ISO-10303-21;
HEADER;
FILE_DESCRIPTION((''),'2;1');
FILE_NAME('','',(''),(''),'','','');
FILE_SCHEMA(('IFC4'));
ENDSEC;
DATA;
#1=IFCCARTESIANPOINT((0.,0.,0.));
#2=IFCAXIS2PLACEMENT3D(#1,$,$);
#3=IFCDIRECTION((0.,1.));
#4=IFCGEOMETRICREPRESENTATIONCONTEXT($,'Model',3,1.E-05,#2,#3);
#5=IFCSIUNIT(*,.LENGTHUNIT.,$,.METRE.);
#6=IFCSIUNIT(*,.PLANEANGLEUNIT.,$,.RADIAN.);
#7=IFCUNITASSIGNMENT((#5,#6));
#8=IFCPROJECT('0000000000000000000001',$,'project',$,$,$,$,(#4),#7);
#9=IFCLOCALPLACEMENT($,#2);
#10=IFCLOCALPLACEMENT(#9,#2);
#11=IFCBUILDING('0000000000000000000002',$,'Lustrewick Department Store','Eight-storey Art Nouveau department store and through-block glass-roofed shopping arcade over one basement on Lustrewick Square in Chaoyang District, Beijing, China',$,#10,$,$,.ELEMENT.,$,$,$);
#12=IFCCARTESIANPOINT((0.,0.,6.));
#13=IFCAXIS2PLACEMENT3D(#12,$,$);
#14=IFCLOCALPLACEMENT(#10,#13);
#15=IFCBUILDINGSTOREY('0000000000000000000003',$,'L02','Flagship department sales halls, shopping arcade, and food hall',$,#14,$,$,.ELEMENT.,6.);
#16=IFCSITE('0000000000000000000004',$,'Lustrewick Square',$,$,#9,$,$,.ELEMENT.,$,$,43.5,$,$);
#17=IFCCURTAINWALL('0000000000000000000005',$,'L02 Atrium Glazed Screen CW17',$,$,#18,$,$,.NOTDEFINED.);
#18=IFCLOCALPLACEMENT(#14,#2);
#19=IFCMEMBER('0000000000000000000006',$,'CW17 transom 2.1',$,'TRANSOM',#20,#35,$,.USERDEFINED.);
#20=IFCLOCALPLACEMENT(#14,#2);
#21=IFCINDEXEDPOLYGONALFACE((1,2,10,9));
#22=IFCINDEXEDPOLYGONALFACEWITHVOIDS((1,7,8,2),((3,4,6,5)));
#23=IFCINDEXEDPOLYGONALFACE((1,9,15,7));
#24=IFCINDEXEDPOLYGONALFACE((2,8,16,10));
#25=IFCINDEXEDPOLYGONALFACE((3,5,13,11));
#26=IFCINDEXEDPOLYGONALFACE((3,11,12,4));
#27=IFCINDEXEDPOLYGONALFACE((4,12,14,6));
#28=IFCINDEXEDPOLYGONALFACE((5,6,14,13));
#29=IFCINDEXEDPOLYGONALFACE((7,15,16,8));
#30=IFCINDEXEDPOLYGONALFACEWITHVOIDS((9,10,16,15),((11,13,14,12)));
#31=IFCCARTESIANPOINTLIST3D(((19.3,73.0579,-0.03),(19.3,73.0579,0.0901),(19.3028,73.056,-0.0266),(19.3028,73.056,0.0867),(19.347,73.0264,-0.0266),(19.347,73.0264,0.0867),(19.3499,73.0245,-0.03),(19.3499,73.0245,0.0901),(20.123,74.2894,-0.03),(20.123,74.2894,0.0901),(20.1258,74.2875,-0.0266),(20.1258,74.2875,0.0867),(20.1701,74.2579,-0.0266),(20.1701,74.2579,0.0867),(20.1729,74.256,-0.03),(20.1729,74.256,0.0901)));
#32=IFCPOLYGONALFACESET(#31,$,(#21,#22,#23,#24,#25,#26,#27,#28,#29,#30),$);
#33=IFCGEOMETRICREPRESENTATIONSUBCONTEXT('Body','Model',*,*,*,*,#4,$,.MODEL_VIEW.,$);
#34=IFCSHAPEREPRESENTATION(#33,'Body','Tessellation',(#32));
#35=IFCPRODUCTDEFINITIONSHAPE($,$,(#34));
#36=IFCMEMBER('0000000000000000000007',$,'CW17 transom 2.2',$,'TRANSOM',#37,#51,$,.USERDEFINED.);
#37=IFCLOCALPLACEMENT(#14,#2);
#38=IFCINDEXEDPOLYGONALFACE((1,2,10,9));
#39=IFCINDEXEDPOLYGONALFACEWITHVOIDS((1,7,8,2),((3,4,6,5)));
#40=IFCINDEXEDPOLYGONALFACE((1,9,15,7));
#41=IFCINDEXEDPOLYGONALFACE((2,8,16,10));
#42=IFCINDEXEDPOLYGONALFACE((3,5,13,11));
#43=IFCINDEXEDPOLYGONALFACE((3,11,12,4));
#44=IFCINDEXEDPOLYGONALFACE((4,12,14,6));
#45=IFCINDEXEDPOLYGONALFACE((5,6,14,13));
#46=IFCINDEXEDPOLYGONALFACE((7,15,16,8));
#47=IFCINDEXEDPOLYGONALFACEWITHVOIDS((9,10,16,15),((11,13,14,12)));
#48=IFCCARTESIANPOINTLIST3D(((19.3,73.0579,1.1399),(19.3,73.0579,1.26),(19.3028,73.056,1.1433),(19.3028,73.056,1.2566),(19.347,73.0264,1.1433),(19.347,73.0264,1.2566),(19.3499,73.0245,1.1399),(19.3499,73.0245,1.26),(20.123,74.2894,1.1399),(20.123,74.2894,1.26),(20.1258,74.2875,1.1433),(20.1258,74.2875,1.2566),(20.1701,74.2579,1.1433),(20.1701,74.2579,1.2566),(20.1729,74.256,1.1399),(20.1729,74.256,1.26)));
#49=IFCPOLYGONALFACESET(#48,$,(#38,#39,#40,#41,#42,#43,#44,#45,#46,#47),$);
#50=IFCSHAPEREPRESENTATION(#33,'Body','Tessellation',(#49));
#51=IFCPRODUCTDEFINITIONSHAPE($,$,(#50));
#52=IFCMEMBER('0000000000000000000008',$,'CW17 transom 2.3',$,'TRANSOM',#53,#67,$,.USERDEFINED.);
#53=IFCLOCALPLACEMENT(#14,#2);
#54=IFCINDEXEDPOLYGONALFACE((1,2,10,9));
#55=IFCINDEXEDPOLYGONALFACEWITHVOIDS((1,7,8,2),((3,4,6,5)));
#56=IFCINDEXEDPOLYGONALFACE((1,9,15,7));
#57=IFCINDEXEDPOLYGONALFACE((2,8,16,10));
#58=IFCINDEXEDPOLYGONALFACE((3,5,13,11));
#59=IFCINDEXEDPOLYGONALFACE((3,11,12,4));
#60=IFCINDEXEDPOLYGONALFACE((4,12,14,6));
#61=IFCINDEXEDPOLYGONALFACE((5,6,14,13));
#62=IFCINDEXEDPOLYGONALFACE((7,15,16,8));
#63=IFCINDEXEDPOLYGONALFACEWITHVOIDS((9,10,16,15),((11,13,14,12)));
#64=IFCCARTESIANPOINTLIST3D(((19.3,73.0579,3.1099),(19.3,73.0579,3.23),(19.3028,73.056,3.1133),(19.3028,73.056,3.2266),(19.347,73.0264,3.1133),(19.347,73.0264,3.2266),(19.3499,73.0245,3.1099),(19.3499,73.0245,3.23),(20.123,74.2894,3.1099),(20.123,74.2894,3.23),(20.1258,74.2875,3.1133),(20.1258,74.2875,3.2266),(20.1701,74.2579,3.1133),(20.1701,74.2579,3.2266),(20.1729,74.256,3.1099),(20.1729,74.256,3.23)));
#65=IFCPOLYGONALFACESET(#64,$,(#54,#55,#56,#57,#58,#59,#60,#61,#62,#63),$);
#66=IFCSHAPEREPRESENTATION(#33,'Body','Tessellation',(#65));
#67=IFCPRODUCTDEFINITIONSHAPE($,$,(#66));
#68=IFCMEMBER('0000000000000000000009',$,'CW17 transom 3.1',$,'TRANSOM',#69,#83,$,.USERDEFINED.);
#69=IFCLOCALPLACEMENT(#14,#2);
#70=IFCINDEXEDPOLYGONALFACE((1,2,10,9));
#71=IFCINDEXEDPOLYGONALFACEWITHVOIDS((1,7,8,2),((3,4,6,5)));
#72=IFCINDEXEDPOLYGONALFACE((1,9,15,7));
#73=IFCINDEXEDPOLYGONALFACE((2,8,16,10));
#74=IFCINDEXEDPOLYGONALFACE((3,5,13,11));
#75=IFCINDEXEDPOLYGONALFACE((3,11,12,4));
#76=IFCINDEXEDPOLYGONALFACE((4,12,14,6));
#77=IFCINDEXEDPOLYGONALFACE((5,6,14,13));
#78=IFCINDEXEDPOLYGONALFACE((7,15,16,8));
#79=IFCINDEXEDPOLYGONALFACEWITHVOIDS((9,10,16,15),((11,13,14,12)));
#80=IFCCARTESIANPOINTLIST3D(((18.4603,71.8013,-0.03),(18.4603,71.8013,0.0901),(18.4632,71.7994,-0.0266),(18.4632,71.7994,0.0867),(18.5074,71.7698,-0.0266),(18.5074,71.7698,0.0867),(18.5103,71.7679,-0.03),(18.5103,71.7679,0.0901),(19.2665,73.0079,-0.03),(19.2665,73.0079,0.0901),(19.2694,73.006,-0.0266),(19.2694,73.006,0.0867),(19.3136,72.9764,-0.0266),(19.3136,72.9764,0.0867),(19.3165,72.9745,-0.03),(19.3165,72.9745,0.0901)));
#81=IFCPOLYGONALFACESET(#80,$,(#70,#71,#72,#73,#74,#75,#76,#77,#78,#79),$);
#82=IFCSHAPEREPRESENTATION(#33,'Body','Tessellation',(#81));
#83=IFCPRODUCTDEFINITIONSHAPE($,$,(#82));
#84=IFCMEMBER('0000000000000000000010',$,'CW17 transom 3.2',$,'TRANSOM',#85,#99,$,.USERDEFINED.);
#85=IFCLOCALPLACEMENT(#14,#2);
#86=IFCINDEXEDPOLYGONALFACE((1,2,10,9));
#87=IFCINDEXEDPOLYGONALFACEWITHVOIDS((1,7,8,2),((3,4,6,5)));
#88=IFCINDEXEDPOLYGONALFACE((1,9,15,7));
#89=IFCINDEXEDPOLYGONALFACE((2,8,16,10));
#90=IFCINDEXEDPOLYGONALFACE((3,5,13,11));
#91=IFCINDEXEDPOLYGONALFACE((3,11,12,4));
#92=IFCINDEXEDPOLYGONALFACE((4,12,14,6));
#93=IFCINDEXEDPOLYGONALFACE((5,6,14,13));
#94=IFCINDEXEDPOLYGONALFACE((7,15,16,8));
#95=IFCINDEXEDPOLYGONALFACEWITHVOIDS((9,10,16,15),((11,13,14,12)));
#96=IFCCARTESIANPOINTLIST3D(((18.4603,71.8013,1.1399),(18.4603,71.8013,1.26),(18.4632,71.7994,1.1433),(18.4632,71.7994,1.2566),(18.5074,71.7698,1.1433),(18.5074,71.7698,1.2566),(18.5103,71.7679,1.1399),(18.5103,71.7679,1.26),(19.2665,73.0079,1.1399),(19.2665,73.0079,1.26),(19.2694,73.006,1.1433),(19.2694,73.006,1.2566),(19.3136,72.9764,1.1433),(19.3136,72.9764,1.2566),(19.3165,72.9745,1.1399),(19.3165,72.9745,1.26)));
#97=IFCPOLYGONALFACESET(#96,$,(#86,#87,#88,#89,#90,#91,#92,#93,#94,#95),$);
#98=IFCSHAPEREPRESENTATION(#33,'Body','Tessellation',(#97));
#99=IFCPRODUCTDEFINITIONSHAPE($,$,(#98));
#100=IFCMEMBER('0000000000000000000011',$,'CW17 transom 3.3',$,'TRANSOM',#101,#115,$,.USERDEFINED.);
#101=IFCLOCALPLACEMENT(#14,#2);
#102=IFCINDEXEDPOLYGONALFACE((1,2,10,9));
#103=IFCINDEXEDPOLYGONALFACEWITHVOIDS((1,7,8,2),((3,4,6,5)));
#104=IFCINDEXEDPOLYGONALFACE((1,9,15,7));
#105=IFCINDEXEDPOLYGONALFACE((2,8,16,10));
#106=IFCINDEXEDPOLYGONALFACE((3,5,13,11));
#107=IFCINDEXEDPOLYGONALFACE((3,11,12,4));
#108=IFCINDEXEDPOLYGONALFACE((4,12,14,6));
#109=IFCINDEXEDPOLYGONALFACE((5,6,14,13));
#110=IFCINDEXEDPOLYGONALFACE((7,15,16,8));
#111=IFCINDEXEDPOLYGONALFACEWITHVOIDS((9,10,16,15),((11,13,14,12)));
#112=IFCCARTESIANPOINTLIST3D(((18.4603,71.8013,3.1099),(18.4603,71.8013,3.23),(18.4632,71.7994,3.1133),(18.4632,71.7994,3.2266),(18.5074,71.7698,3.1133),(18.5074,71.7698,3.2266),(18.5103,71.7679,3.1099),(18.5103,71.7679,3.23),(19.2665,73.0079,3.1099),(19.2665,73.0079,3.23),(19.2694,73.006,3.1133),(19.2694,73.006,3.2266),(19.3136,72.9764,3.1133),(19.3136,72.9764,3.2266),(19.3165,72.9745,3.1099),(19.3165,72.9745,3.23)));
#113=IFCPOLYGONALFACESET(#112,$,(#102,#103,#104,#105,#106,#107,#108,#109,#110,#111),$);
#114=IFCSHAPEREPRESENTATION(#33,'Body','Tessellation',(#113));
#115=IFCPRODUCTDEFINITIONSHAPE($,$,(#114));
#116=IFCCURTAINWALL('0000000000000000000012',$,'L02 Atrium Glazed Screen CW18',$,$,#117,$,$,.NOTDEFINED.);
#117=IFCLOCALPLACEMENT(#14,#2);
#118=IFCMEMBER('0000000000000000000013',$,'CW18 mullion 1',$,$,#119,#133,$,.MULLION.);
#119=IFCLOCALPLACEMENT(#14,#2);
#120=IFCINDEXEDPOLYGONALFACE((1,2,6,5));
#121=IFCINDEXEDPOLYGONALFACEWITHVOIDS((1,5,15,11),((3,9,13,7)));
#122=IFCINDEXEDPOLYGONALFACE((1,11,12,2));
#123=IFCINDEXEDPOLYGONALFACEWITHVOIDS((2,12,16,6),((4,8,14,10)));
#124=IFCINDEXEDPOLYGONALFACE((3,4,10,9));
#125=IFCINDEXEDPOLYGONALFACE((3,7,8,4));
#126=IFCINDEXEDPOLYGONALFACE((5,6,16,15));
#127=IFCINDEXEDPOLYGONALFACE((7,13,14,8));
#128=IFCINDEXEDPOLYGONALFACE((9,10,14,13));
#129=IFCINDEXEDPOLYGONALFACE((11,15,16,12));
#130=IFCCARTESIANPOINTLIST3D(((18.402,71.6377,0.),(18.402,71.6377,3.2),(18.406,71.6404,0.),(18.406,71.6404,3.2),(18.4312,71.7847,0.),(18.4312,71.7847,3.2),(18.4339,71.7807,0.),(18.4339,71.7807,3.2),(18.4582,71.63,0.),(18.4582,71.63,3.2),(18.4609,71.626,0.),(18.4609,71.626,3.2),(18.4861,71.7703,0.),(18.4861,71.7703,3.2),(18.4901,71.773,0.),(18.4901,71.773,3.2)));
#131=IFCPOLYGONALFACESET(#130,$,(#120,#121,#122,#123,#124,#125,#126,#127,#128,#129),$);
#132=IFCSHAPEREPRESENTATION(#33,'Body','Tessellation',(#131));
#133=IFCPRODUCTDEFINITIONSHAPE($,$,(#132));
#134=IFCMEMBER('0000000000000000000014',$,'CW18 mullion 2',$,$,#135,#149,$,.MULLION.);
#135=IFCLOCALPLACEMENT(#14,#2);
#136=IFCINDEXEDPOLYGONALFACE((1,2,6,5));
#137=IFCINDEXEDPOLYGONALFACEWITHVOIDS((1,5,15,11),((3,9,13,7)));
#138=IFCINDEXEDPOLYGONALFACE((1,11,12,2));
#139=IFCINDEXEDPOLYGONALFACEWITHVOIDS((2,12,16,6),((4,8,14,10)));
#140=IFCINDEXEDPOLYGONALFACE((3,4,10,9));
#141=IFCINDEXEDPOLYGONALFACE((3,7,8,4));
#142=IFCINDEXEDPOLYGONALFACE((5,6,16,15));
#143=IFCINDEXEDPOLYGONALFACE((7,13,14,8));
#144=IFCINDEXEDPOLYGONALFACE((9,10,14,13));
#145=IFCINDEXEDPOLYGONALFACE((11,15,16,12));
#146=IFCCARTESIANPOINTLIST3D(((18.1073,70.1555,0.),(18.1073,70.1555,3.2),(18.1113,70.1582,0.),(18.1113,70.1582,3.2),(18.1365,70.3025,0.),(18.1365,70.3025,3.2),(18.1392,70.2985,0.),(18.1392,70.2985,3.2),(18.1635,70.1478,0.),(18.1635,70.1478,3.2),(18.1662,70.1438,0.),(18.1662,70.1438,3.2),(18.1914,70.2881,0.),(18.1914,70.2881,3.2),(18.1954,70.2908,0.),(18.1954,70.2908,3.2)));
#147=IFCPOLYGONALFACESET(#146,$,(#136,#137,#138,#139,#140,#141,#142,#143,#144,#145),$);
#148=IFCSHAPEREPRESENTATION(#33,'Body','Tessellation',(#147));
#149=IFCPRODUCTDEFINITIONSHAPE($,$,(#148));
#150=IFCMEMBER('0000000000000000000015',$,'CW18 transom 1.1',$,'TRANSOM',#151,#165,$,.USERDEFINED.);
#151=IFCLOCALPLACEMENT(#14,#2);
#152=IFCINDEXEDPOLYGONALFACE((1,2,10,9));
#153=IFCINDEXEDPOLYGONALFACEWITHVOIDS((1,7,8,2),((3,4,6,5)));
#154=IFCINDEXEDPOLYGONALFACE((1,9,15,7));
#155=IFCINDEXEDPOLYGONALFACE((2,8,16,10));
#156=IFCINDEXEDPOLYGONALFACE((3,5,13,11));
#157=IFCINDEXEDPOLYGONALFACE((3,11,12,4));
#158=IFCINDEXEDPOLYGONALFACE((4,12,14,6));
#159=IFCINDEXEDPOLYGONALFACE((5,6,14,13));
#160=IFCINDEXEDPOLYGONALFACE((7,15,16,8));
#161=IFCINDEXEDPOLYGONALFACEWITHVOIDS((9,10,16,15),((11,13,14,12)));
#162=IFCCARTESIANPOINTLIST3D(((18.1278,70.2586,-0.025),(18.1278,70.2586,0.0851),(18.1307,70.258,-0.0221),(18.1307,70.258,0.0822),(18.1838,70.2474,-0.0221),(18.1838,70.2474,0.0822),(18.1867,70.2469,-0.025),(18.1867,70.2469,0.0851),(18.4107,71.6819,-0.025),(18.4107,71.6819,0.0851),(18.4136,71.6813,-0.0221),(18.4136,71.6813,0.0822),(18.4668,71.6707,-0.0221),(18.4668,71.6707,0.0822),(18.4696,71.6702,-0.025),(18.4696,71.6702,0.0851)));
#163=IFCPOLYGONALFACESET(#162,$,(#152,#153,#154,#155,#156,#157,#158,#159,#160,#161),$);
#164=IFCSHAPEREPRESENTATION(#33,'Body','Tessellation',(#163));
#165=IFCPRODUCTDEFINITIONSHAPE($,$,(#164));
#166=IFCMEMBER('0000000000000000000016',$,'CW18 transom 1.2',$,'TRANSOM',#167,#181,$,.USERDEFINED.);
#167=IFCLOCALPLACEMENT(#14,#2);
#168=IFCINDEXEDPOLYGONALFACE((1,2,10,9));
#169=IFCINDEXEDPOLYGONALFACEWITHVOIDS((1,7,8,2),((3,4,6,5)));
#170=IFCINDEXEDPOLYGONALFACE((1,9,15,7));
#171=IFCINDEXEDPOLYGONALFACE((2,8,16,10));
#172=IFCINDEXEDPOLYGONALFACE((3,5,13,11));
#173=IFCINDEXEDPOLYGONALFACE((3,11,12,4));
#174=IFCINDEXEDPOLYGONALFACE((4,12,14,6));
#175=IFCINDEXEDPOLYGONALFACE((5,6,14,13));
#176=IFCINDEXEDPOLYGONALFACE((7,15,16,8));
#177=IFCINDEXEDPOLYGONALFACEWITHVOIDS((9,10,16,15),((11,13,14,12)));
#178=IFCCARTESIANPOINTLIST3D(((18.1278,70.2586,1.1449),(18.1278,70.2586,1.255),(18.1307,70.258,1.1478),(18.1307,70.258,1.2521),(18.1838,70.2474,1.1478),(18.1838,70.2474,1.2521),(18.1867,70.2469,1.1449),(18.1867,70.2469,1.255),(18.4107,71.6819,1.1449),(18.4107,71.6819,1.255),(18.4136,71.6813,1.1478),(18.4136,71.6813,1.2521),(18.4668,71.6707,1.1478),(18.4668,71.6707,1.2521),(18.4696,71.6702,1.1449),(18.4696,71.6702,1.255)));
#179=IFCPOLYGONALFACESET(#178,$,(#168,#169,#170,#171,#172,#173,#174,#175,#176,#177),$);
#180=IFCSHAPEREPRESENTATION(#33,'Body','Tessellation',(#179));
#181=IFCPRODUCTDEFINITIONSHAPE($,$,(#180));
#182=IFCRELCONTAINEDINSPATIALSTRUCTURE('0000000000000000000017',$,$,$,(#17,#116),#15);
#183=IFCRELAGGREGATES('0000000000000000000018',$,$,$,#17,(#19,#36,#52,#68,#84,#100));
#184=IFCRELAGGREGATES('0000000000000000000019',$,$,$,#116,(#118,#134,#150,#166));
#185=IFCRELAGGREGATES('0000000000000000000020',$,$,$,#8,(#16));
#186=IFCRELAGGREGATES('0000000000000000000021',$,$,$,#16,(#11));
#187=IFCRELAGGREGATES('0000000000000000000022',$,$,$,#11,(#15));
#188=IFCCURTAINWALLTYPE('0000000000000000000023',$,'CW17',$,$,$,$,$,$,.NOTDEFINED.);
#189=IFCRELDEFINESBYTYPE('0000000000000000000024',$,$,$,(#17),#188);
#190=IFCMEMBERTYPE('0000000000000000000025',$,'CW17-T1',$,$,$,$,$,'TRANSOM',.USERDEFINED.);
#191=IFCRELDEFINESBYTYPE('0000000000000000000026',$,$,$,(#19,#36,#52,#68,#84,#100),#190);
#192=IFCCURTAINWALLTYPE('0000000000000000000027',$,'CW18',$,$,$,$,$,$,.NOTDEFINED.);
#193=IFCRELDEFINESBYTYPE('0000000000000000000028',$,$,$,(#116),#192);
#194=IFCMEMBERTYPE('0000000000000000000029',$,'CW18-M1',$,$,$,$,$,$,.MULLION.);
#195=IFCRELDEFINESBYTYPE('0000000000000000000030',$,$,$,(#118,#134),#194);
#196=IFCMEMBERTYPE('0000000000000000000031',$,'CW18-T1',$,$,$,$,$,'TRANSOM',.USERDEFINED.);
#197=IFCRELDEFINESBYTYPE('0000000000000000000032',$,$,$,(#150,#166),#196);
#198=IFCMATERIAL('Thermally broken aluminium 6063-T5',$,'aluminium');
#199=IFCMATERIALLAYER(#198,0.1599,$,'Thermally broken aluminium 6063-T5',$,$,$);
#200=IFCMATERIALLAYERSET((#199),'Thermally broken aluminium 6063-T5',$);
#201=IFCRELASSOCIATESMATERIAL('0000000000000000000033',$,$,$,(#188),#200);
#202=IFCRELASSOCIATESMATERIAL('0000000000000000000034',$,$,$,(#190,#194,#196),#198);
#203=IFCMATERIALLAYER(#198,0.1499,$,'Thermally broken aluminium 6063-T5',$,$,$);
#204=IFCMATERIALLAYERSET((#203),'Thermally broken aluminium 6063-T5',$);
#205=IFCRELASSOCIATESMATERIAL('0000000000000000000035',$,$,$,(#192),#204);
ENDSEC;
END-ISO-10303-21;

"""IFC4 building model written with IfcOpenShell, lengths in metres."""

from ifc_helpers import new_model, si_unit, direction, frame, origin, origin_2d, place, context, subcontext, project, spatial, hollow_rectangle, extrude, material, layer, layer_set, material_profile, profile_set, type_object, element, aggregate, save


model = new_model("IFC4")

# Units and contexts
model_context = context("Model", 3, precision=1e-05, world=origin(), true_north=direction((0.0, 1.0)))
body_context = subcontext(model_context, "Body", "Model", "MODEL_VIEW")
ifc_project = project(units=[si_unit("LENGTHUNIT", "METRE"), si_unit("PLANEANGLEUNIT", "RADIAN")], contexts=[model_context])

# Site, building, storey
site_placement = place(None, origin())
site = spatial("IfcSite", under=ifc_project, at=site_placement, Name="Lustrewick Square", CompositionType="ELEMENT", RefElevation=43.5)
building_placement = place(site_placement, origin())
building = spatial("IfcBuilding", under=site, at=building_placement, Name="Lustrewick Department Store", Description="Eight-storey Art Nouveau department store and through-block glass-roofed shopping arcade over one basement on Lustrewick Square in Chaoyang District, Beijing, China", CompositionType="ELEMENT")
storey_placement = place(building_placement, frame((0.0, 0.0, 6.0)))
storey = spatial("IfcBuildingStorey", under=building, at=storey_placement, Name="L02", Description="Flagship department sales halls, shopping arcade, and food hall", CompositionType="ELEMENT", Elevation=6.0)

# Curtain walls, members
ifc_material_1 = material(Name="Thermally broken aluminium 6063-T5", Category="aluminium")
ifc_layer_1 = layer(ifc_material_1, 0.1599, Name="Thermally broken aluminium 6063-T5")
ifc_layer_set_1 = layer_set([ifc_layer_1], Name="Thermally broken aluminium 6063-T5")
curtain_wall_type_1 = type_object("IfcCurtainWallType", Name="CW17", PredefinedType="NOTDEFINED", material=ifc_layer_set_1)
curtain_wall_1_placement = place(storey_placement, origin())
curtain_wall_1 = element("IfcCurtainWall", 1, at=curtain_wall_1_placement, inside=storey, type_object=curtain_wall_type_1, Name="L02 Atrium Glazed Screen CW17", PredefinedType="NOTDEFINED")
ifc_material_profile_1 = material_profile(ifc_material_1, hollow_rectangle(XDim=0.0601, YDim=0.1201, WallThickness=0.0034, at=origin_2d()), Name="ALU-T 60x120x3.5")
ifc_profile_set_1 = profile_set([ifc_material_profile_1], Name="Thermally broken aluminium 6063-T5")
member_type_1 = type_object("IfcMemberType", Name="CW17-T1", ElementType="TRANSOM", PredefinedType="USERDEFINED", material=ifc_profile_set_1)
member_1_placement = place(storey_placement, frame((20.1479, 74.2727, 0.03), z_axis=(-0.555651, -0.831416, 0.0), x_axis=(0.831416, -0.555651, 0.0)))
member_1 = element("IfcMember", 2, at=member_1_placement, type_object=member_type_1, Name="CW17 transom 2.1", ObjectType="TRANSOM", PredefinedType="USERDEFINED", context=body_context, shape_type="SweptSolid", body=[
    extrude(hollow_rectangle(XDim=0.0601, YDim=0.1201, WallThickness=0.0034, at=origin_2d()), origin(), (0.0, 0.0, 1.0), 1.4812),
])
member_2_placement = place(storey_placement, frame((20.1479, 74.2727, 1.2), z_axis=(-0.555651, -0.831416, 0.0), x_axis=(0.831416, -0.555651, 0.0)))
member_2 = element("IfcMember", 3, at=member_2_placement, type_object=member_type_1, Name="CW17 transom 2.2", ObjectType="TRANSOM", PredefinedType="USERDEFINED", context=body_context, shape_type="SweptSolid", body=[
    extrude(hollow_rectangle(XDim=0.0601, YDim=0.1201, WallThickness=0.0034, at=origin_2d()), origin(), (0.0, 0.0, 1.0), 1.4812),
])
member_3_placement = place(storey_placement, frame((20.1479, 74.2727, 3.1699), z_axis=(-0.555651, -0.831416, 0.0), x_axis=(0.831416, -0.555651, 0.0)))
member_3 = element("IfcMember", 4, at=member_3_placement, type_object=member_type_1, Name="CW17 transom 2.3", ObjectType="TRANSOM", PredefinedType="USERDEFINED", context=body_context, shape_type="SweptSolid", body=[
    extrude(hollow_rectangle(XDim=0.0601, YDim=0.1201, WallThickness=0.0034, at=origin_2d()), origin(), (0.0, 0.0, 1.0), 1.4812),
])
member_4_placement = place(storey_placement, frame((19.2915, 72.9912, 0.03), z_axis=(-0.555554, -0.83148, 0.0), x_axis=(0.83148, -0.555554, 0.0)))
member_4 = element("IfcMember", 5, at=member_4_placement, type_object=member_type_1, Name="CW17 transom 3.1", ObjectType="TRANSOM", PredefinedType="USERDEFINED", context=body_context, shape_type="SweptSolid", body=[
    extrude(hollow_rectangle(XDim=0.0601, YDim=0.1201, WallThickness=0.0034, at=origin_2d()), origin(), (0.0, 0.0, 1.0), 1.4512),
])
member_5_placement = place(storey_placement, frame((19.2915, 72.9912, 1.2), z_axis=(-0.555554, -0.83148, 0.0), x_axis=(0.83148, -0.555554, 0.0)))
member_5 = element("IfcMember", 6, at=member_5_placement, type_object=member_type_1, Name="CW17 transom 3.2", ObjectType="TRANSOM", PredefinedType="USERDEFINED", context=body_context, shape_type="SweptSolid", body=[
    extrude(hollow_rectangle(XDim=0.0601, YDim=0.1201, WallThickness=0.0034, at=origin_2d()), origin(), (0.0, 0.0, 1.0), 1.4512),
])
member_6_placement = place(storey_placement, frame((19.2915, 72.9912, 3.1699), z_axis=(-0.555554, -0.83148, 0.0), x_axis=(0.83148, -0.555554, 0.0)))
member_6 = element("IfcMember", 7, at=member_6_placement, type_object=member_type_1, Name="CW17 transom 3.3", ObjectType="TRANSOM", PredefinedType="USERDEFINED", context=body_context, shape_type="SweptSolid", body=[
    extrude(hollow_rectangle(XDim=0.0601, YDim=0.1201, WallThickness=0.0034, at=origin_2d()), origin(), (0.0, 0.0, 1.0), 1.4512),
])
ifc_layer_2 = layer(ifc_material_1, 0.1499, Name="Thermally broken aluminium 6063-T5")
ifc_layer_set_2 = layer_set([ifc_layer_2], Name="Thermally broken aluminium 6063-T5")
curtain_wall_type_2 = type_object("IfcCurtainWallType", Name="CW18", PredefinedType="NOTDEFINED", material=ifc_layer_set_2)
curtain_wall_2_placement = place(storey_placement, origin())
curtain_wall_2 = element("IfcCurtainWall", 8, at=curtain_wall_2_placement, inside=storey, type_object=curtain_wall_type_2, Name="L02 Atrium Glazed Screen CW18", PredefinedType="NOTDEFINED")
ifc_material_profile_2 = material_profile(ifc_material_1, hollow_rectangle(XDim=0.0601, YDim=0.1499, WallThickness=0.0034, at=origin_2d()), Name="ALU-M 60x150x3.5")
ifc_profile_set_2 = profile_set([ifc_material_profile_2], Name="Thermally broken aluminium 6063-T5")
member_type_2 = type_object("IfcMemberType", Name="CW18-M1", PredefinedType="MULLION", material=ifc_profile_set_2)
member_7_placement = place(storey_placement, frame((18.446, 71.7053, 0.0), z_axis=(0.0, 0.0, 1.0), x_axis=(0.980786, -0.195085, 0.0)))
member_7 = element("IfcMember", 9, at=member_7_placement, type_object=member_type_2, Name="CW18 mullion 1", PredefinedType="MULLION", context=body_context, shape_type="SweptSolid", body=[
    extrude(hollow_rectangle(XDim=0.0601, YDim=0.1499, WallThickness=0.0034, at=origin_2d()), origin(), (0.0, 0.0, 1.0), 3.2),
])
member_8_placement = place(storey_placement, frame((18.1514, 70.2231, 0.0), z_axis=(0.0, 0.0, 1.0), x_axis=(0.980786, -0.195085, 0.0)))
member_8 = element("IfcMember", 10, at=member_8_placement, type_object=member_type_2, Name="CW18 mullion 2", PredefinedType="MULLION", context=body_context, shape_type="SweptSolid", body=[
    extrude(hollow_rectangle(XDim=0.0601, YDim=0.1499, WallThickness=0.0034, at=origin_2d()), origin(), (0.0, 0.0, 1.0), 3.2),
])
ifc_material_profile_3 = material_profile(ifc_material_1, hollow_rectangle(XDim=0.0601, YDim=0.1101, WallThickness=0.0029, at=origin_2d()), Name="ALU-T 60x110x3")
ifc_profile_set_3 = profile_set([ifc_material_profile_3], Name="Thermally broken aluminium 6063-T5")
member_type_3 = type_object("IfcMemberType", Name="CW18-T1", ElementType="TRANSOM", PredefinedType="USERDEFINED", material=ifc_profile_set_3)
member_9_placement = place(storey_placement, frame((18.4402, 71.676, 0.03), z_axis=(-0.194984, -0.980806, 0.0), x_axis=(0.980806, -0.194984, 0.0)))
member_9 = element("IfcMember", 11, at=member_9_placement, type_object=member_type_3, Name="CW18 transom 1.1", ObjectType="TRANSOM", PredefinedType="USERDEFINED", context=body_context, shape_type="SweptSolid", body=[
    extrude(hollow_rectangle(XDim=0.0601, YDim=0.1101, WallThickness=0.0029, at=origin_2d()), origin(), (0.0, 0.0, 1.0), 1.4512),
])
member_10_placement = place(storey_placement, frame((18.4402, 71.676, 1.2), z_axis=(-0.194984, -0.980806, 0.0), x_axis=(0.980806, -0.194984, 0.0)))
member_10 = element("IfcMember", 12, at=member_10_placement, type_object=member_type_3, Name="CW18 transom 1.2", ObjectType="TRANSOM", PredefinedType="USERDEFINED", context=body_context, shape_type="SweptSolid", body=[
    extrude(hollow_rectangle(XDim=0.0601, YDim=0.1101, WallThickness=0.0029, at=origin_2d()), origin(), (0.0, 0.0, 1.0), 1.4512),
])

aggregate(curtain_wall_1, [member_1, member_2, member_3, member_4, member_5, member_6])
aggregate(curtain_wall_2, [member_7, member_8, member_9, member_10])

save(model, "model.ifc")
